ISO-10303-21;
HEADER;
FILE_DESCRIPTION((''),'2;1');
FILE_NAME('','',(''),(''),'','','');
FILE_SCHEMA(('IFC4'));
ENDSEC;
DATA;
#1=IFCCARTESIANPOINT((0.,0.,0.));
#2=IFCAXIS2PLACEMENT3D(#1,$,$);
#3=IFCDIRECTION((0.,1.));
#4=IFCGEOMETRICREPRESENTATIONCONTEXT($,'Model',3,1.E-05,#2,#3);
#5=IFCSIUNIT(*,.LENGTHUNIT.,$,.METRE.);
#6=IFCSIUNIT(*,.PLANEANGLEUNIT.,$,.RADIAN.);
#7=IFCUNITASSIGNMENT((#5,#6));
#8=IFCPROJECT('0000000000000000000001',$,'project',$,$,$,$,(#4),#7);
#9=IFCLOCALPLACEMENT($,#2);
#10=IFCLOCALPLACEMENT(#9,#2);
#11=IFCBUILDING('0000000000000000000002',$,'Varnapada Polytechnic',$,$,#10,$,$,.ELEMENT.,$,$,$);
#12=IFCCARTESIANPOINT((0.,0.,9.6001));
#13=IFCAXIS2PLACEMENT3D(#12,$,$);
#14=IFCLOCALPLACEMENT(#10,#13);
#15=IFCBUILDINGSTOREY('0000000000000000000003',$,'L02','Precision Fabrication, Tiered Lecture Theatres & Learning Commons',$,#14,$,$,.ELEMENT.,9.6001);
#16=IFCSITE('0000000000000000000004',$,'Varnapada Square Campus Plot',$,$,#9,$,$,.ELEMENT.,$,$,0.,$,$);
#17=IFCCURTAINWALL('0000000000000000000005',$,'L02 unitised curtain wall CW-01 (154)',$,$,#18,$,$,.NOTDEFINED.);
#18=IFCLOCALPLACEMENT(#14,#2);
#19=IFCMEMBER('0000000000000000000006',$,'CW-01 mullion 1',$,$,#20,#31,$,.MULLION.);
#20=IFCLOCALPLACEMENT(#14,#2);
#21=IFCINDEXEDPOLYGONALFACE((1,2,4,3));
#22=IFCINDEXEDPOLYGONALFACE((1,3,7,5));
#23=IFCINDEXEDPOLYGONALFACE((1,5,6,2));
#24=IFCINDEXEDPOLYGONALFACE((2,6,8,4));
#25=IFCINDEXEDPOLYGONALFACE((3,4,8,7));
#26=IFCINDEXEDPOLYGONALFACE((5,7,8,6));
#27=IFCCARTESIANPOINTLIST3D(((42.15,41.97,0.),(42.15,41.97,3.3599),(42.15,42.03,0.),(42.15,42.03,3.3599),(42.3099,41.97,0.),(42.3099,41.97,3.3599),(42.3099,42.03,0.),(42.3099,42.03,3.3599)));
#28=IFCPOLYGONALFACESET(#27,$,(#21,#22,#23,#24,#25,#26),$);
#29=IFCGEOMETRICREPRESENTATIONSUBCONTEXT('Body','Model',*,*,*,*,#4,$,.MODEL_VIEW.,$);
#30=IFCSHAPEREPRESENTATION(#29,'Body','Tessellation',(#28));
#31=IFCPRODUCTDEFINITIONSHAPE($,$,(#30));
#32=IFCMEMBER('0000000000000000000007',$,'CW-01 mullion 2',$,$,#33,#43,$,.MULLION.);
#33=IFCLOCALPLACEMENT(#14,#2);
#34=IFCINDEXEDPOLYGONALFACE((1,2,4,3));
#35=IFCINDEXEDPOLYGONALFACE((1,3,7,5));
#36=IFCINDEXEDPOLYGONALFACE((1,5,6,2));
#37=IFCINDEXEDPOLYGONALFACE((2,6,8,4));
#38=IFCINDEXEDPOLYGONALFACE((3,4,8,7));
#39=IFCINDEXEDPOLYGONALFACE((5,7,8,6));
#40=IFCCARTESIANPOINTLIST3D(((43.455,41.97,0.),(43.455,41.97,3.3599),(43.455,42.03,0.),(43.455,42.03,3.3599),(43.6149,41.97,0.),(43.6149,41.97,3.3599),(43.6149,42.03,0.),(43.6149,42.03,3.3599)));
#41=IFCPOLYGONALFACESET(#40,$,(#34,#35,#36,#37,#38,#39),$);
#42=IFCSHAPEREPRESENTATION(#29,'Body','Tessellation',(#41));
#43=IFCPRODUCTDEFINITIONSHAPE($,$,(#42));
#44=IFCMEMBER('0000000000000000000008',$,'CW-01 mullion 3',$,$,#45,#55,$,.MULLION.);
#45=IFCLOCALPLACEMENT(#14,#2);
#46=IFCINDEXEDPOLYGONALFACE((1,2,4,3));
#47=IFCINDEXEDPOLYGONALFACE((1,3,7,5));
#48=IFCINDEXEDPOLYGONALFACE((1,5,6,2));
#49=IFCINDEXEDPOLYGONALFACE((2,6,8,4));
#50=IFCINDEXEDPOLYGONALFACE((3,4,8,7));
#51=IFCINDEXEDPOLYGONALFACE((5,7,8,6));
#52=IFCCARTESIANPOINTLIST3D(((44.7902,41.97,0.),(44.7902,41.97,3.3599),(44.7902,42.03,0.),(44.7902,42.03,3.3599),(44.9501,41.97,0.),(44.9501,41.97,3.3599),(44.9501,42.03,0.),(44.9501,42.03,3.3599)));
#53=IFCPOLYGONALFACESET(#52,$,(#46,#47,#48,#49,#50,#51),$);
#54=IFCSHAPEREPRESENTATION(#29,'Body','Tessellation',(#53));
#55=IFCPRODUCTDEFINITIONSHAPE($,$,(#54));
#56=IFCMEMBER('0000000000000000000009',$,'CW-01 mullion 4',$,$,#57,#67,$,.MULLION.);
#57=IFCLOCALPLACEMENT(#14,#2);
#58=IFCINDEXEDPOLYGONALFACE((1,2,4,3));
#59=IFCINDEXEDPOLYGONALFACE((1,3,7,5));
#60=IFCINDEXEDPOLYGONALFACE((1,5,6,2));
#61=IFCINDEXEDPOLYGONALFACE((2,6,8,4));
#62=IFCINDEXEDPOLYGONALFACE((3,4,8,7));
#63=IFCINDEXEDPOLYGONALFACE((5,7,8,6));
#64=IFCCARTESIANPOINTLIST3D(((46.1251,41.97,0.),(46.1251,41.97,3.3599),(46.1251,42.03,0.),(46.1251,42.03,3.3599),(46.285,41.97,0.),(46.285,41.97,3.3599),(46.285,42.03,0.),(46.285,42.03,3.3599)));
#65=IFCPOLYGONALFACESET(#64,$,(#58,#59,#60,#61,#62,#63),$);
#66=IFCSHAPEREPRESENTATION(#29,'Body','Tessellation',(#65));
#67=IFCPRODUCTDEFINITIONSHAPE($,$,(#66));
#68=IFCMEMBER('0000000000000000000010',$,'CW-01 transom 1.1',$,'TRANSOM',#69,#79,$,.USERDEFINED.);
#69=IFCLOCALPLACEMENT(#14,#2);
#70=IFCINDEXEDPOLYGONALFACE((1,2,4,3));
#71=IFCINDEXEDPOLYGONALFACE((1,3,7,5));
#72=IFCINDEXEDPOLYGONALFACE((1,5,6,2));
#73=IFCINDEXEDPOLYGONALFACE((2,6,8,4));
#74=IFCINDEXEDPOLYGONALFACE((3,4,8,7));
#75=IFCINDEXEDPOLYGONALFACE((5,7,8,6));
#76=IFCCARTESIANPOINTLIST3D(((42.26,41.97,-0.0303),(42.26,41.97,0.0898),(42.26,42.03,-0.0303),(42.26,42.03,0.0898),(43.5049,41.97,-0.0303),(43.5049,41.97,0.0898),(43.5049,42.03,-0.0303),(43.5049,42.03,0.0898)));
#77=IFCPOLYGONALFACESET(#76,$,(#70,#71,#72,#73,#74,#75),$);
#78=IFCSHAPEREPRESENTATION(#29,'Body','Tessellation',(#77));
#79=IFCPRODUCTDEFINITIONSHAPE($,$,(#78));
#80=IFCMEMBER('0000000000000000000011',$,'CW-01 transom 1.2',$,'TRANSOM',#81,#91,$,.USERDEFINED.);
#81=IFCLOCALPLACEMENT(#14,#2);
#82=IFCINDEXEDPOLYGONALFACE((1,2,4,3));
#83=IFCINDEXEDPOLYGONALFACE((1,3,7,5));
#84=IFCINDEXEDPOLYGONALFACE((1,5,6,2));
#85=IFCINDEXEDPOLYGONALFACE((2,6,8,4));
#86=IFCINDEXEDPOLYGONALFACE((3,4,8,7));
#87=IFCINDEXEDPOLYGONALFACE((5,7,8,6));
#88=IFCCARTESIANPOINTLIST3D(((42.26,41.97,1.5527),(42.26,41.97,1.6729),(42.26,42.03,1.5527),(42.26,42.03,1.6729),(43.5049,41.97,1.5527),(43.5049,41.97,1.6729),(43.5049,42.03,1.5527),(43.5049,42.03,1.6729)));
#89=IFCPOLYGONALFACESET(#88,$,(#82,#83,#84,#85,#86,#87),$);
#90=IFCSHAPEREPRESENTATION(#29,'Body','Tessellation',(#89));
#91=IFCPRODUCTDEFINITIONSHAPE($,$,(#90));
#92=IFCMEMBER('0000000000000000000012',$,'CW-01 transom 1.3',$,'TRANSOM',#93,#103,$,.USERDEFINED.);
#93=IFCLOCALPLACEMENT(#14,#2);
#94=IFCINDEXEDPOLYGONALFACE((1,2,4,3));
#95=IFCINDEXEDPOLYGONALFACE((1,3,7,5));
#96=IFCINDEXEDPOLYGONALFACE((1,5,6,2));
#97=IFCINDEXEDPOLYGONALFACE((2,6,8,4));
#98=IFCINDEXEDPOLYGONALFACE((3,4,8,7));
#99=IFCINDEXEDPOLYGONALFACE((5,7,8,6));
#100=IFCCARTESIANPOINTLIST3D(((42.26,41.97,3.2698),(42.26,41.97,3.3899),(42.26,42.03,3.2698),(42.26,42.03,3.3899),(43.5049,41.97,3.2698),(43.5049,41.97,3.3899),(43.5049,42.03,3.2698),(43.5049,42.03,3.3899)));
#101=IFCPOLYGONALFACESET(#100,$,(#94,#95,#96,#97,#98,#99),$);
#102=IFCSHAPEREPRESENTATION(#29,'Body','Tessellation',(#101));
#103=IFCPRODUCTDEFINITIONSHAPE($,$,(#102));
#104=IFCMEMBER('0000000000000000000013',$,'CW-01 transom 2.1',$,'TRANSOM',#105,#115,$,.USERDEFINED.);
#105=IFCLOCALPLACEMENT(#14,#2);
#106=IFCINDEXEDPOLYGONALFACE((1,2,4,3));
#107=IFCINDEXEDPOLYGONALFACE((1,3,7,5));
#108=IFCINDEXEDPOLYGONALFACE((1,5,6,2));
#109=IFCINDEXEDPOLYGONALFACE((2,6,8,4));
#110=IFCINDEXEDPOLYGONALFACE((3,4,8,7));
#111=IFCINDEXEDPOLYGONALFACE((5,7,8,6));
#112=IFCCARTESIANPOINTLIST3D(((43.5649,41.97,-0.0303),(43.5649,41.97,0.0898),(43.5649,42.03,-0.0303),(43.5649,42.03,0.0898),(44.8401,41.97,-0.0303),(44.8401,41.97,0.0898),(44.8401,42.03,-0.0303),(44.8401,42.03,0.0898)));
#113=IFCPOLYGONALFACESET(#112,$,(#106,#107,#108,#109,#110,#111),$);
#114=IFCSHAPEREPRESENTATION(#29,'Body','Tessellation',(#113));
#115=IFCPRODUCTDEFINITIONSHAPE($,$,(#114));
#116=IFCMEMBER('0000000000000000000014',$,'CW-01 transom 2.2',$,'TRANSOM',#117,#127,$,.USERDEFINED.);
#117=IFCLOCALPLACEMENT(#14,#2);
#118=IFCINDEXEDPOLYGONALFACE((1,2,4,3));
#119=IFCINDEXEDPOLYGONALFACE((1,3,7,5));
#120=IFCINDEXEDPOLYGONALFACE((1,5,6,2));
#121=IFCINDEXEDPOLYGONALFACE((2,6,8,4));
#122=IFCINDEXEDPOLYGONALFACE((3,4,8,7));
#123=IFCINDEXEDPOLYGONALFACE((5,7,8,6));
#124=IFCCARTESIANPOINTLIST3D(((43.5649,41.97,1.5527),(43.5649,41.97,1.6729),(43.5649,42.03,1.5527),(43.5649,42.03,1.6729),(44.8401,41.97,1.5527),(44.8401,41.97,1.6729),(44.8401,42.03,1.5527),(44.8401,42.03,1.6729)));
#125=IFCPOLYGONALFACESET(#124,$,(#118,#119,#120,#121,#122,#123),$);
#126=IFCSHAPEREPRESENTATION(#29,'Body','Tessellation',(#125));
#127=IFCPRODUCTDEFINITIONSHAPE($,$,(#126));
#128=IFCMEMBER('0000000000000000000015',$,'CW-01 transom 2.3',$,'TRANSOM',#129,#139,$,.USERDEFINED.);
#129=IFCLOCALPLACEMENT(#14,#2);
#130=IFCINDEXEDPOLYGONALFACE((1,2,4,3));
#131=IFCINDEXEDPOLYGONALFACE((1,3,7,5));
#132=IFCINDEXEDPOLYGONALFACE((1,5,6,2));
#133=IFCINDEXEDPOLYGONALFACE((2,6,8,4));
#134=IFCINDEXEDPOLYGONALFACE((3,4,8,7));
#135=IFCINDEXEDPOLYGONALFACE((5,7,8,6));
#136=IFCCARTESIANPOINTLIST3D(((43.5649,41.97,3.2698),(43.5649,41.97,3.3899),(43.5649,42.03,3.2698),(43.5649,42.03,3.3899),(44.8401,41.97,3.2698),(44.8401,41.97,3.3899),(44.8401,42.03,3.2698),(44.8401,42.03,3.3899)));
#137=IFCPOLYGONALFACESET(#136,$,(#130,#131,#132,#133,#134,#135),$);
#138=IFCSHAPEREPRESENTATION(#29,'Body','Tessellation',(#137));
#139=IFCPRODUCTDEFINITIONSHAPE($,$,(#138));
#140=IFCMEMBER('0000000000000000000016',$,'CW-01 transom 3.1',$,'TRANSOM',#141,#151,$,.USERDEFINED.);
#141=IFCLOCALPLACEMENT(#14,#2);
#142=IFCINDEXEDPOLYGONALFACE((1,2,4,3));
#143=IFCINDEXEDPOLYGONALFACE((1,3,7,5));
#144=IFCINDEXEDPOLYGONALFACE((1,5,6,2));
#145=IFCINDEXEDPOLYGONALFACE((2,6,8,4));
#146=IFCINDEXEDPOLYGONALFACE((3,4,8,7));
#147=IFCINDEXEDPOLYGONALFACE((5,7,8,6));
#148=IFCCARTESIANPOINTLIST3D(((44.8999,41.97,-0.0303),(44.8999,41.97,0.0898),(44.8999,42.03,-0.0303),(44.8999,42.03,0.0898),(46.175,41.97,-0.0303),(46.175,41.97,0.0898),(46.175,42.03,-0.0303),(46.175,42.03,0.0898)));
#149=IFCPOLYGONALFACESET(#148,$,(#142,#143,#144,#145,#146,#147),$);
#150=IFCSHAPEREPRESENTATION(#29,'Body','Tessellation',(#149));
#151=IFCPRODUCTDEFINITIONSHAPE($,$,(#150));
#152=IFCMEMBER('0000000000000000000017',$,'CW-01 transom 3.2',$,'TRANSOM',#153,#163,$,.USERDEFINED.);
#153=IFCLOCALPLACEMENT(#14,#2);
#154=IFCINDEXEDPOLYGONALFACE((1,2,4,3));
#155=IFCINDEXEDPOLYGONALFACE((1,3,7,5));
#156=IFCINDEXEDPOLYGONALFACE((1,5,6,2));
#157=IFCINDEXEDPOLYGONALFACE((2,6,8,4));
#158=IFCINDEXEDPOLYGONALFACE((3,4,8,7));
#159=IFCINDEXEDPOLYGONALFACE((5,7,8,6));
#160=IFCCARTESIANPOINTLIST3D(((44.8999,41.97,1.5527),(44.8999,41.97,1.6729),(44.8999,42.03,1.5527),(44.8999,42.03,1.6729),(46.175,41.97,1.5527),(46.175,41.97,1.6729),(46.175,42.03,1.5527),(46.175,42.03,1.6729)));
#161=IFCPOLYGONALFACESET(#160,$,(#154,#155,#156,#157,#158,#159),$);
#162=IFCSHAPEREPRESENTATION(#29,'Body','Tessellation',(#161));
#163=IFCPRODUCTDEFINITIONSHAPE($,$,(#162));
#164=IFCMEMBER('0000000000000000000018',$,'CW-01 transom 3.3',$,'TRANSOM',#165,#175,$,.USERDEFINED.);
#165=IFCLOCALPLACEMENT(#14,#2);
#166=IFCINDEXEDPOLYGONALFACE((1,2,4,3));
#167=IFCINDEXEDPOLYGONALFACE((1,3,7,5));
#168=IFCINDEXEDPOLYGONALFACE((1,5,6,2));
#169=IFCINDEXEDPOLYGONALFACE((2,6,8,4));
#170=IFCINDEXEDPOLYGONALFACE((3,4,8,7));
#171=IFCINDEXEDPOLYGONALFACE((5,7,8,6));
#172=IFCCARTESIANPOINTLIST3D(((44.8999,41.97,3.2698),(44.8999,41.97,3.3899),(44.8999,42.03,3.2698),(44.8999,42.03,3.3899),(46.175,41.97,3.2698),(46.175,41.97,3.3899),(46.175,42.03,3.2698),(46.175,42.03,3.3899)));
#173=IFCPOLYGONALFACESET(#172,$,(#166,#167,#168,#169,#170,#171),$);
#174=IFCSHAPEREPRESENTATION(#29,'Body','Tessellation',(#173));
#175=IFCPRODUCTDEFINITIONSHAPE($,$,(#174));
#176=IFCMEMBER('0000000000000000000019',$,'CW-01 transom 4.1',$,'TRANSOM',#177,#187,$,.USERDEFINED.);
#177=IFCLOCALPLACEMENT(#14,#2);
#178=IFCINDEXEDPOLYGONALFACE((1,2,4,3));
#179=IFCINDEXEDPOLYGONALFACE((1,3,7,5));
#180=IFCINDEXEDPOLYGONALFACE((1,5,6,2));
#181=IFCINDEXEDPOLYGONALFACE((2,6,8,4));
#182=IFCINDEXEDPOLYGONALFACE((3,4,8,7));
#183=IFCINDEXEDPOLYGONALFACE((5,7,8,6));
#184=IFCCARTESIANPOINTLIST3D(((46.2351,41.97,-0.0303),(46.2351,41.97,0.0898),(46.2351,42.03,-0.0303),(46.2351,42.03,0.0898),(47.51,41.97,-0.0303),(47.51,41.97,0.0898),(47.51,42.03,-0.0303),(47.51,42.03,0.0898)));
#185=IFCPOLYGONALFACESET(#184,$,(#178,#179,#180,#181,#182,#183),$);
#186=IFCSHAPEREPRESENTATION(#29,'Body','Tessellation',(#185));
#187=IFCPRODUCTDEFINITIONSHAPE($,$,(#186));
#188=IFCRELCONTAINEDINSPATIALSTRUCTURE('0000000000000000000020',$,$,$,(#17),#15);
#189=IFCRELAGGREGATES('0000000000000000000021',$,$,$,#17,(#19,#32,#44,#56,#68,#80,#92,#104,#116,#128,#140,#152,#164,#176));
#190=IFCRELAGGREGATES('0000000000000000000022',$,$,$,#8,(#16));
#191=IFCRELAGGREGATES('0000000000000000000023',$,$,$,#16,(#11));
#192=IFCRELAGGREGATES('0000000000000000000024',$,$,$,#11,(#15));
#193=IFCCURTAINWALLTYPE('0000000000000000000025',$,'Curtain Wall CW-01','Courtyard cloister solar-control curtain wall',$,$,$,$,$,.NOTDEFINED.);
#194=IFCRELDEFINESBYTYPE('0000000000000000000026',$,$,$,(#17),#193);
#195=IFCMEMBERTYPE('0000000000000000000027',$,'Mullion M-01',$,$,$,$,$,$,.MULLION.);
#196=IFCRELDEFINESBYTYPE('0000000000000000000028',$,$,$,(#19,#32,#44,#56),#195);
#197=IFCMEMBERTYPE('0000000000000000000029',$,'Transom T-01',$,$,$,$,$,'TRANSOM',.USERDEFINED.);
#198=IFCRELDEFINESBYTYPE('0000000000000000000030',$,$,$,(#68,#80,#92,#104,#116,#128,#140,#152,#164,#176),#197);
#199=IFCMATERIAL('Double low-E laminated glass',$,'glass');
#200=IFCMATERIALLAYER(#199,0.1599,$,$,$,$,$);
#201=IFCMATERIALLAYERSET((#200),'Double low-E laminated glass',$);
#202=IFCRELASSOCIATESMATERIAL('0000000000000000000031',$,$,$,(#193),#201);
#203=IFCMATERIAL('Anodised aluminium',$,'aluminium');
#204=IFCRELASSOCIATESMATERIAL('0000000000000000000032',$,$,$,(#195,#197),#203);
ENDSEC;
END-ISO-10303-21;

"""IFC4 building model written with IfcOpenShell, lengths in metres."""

from ifc_helpers import new_model, si_unit, direction, frame, origin, origin_2d, place, context, subcontext, project, spatial, rectangle, extrude, material, layer, layer_set, material_profile, profile_set, type_object, element, aggregate, save


model = new_model("IFC4")

# Units and contexts
model_context = context("Model", 3, precision=1e-05, world=origin(), true_north=direction((0.0, 1.0)))
body_context = subcontext(model_context, "Body", "Model", "MODEL_VIEW")
ifc_project = project(units=[si_unit("LENGTHUNIT", "METRE"), si_unit("PLANEANGLEUNIT", "RADIAN")], contexts=[model_context])

# Site, building, storey
site_placement = place(None, origin())
site = spatial("IfcSite", under=ifc_project, at=site_placement, Name="Varnapada Square Campus Plot", CompositionType="ELEMENT", RefElevation=0.0)
building_placement = place(site_placement, origin())
building = spatial("IfcBuilding", under=site, at=building_placement, Name="Varnapada Polytechnic", CompositionType="ELEMENT")
storey_placement = place(building_placement, frame((0.0, 0.0, 9.6001)))
storey = spatial("IfcBuildingStorey", under=building, at=storey_placement, Name="L02", Description="Precision Fabrication, Tiered Lecture Theatres & Learning Commons", CompositionType="ELEMENT", Elevation=9.6001)

# Curtain wall, members
ifc_material_1 = material(Name="Double low-E laminated glass", Category="glass")
ifc_layer_1 = layer(ifc_material_1, 0.1599)
ifc_layer_set_1 = layer_set([ifc_layer_1], Name="Double low-E laminated glass")
curtain_wall_type = type_object("IfcCurtainWallType", Name="Curtain Wall CW-01", Description="Courtyard cloister solar-control curtain wall", PredefinedType="NOTDEFINED", material=ifc_layer_set_1)
curtain_wall_placement = place(storey_placement, origin())
curtain_wall = element("IfcCurtainWall", 1, at=curtain_wall_placement, inside=storey, type_object=curtain_wall_type, Name="L02 unitised curtain wall CW-01 (154)", PredefinedType="NOTDEFINED")
ifc_material_2 = material(Name="Anodised aluminium", Category="aluminium")
ifc_material_profile_1 = material_profile(ifc_material_2, rectangle(XDim=0.0601, YDim=0.1599, at=origin_2d()), Name="ALU M60x160")
ifc_profile_set_1 = profile_set([ifc_material_profile_1], Name="Anodised aluminium")
member_type_1 = type_object("IfcMemberType", Name="Mullion M-01", PredefinedType="MULLION", material=ifc_profile_set_1)
member_1_placement = place(storey_placement, frame((42.23, 42.0, 0.0), z_axis=(0.0, 0.0, 1.0), x_axis=(0.0, 1.0, 0.0)))
member_1 = element("IfcMember", 2, at=member_1_placement, type_object=member_type_1, Name="CW-01 mullion 1", PredefinedType="MULLION", context=body_context, shape_type="SweptSolid", body=[
    extrude(rectangle(XDim=0.0601, YDim=0.1599, at=origin_2d()), origin(), (0.0, 0.0, 1.0), 3.3599),
])
member_2_placement = place(storey_placement, frame((43.5349, 42.0, 0.0), z_axis=(0.0, 0.0, 1.0), x_axis=(0.0, 1.0, 0.0)))
member_2 = element("IfcMember", 3, at=member_2_placement, type_object=member_type_1, Name="CW-01 mullion 2", PredefinedType="MULLION", context=body_context, shape_type="SweptSolid", body=[
    extrude(rectangle(XDim=0.0601, YDim=0.1599, at=origin_2d()), origin(), (0.0, 0.0, 1.0), 3.3599),
])
member_3_placement = place(storey_placement, frame((44.8701, 42.0, 0.0), z_axis=(0.0, 0.0, 1.0), x_axis=(0.0, 1.0, 0.0)))
member_3 = element("IfcMember", 4, at=member_3_placement, type_object=member_type_1, Name="CW-01 mullion 3", PredefinedType="MULLION", context=body_context, shape_type="SweptSolid", body=[
    extrude(rectangle(XDim=0.0601, YDim=0.1599, at=origin_2d()), origin(), (0.0, 0.0, 1.0), 3.3599),
])
member_4_placement = place(storey_placement, frame((46.2051, 42.0, 0.0), z_axis=(0.0, 0.0, 1.0), x_axis=(0.0, 1.0, 0.0)))
member_4 = element("IfcMember", 5, at=member_4_placement, type_object=member_type_1, Name="CW-01 mullion 4", PredefinedType="MULLION", context=body_context, shape_type="SweptSolid", body=[
    extrude(rectangle(XDim=0.0601, YDim=0.1599, at=origin_2d()), origin(), (0.0, 0.0, 1.0), 3.3599),
])
ifc_material_profile_2 = material_profile(ifc_material_2, rectangle(XDim=0.0601, YDim=0.1201, at=origin_2d()), Name="ALU T60x120")
ifc_profile_set_2 = profile_set([ifc_material_profile_2], Name="Anodised aluminium")
member_type_2 = type_object("IfcMemberType", Name="Transom T-01", ElementType="TRANSOM", PredefinedType="USERDEFINED", material=ifc_profile_set_2)
member_5_placement = place(storey_placement, frame((42.26, 42.0, 0.0298), z_axis=(1.0, 0.0, 0.0), x_axis=(0.0, 1.0, 0.0)))
member_5 = element("IfcMember", 6, at=member_5_placement, type_object=member_type_2, Name="CW-01 transom 1.1", ObjectType="TRANSOM", PredefinedType="USERDEFINED", context=body_context, shape_type="SweptSolid", body=[
    extrude(rectangle(XDim=0.0601, YDim=0.1201, at=origin_2d()), origin(), (0.0, 0.0, 1.0), 1.2449),
])
member_6_placement = place(storey_placement, frame((42.26, 42.0, 1.6128), z_axis=(1.0, 0.0, 0.0), x_axis=(0.0, 1.0, 0.0)))
member_6 = element("IfcMember", 7, at=member_6_placement, type_object=member_type_2, Name="CW-01 transom 1.2", ObjectType="TRANSOM", PredefinedType="USERDEFINED", context=body_context, shape_type="SweptSolid", body=[
    extrude(rectangle(XDim=0.0601, YDim=0.1201, at=origin_2d()), origin(), (0.0, 0.0, 1.0), 1.2449),
])
member_7_placement = place(storey_placement, frame((42.26, 42.0, 3.3298), z_axis=(1.0, 0.0, 0.0), x_axis=(0.0, 1.0, 0.0)))
member_7 = element("IfcMember", 8, at=member_7_placement, type_object=member_type_2, Name="CW-01 transom 1.3", ObjectType="TRANSOM", PredefinedType="USERDEFINED", context=body_context, shape_type="SweptSolid", body=[
    extrude(rectangle(XDim=0.0601, YDim=0.1201, at=origin_2d()), origin(), (0.0, 0.0, 1.0), 1.2449),
])
member_8_placement = place(storey_placement, frame((43.5649, 42.0, 0.0298), z_axis=(1.0, 0.0, 0.0), x_axis=(0.0, 1.0, 0.0)))
member_8 = element("IfcMember", 9, at=member_8_placement, type_object=member_type_2, Name="CW-01 transom 2.1", ObjectType="TRANSOM", PredefinedType="USERDEFINED", context=body_context, shape_type="SweptSolid", body=[
    extrude(rectangle(XDim=0.0601, YDim=0.1201, at=origin_2d()), origin(), (0.0, 0.0, 1.0), 1.2751),
])
member_9_placement = place(storey_placement, frame((43.5649, 42.0, 1.6128), z_axis=(1.0, 0.0, 0.0), x_axis=(0.0, 1.0, 0.0)))
member_9 = element("IfcMember", 10, at=member_9_placement, type_object=member_type_2, Name="CW-01 transom 2.2", ObjectType="TRANSOM", PredefinedType="USERDEFINED", context=body_context, shape_type="SweptSolid", body=[
    extrude(rectangle(XDim=0.0601, YDim=0.1201, at=origin_2d()), origin(), (0.0, 0.0, 1.0), 1.2751),
])
member_10_placement = place(storey_placement, frame((43.5649, 42.0, 3.3298), z_axis=(1.0, 0.0, 0.0), x_axis=(0.0, 1.0, 0.0)))
member_10 = element("IfcMember", 11, at=member_10_placement, type_object=member_type_2, Name="CW-01 transom 2.3", ObjectType="TRANSOM", PredefinedType="USERDEFINED", context=body_context, shape_type="SweptSolid", body=[
    extrude(rectangle(XDim=0.0601, YDim=0.1201, at=origin_2d()), origin(), (0.0, 0.0, 1.0), 1.2751),
])
member_11_placement = place(storey_placement, frame((44.8999, 42.0, 0.0298), z_axis=(1.0, 0.0, 0.0), x_axis=(0.0, 1.0, 0.0)))
member_11 = element("IfcMember", 12, at=member_11_placement, type_object=member_type_2, Name="CW-01 transom 3.1", ObjectType="TRANSOM", PredefinedType="USERDEFINED", context=body_context, shape_type="SweptSolid", body=[
    extrude(rectangle(XDim=0.0601, YDim=0.1201, at=origin_2d()), origin(), (0.0, 0.0, 1.0), 1.2751),
])
member_12_placement = place(storey_placement, frame((44.8999, 42.0, 1.6128), z_axis=(1.0, 0.0, 0.0), x_axis=(0.0, 1.0, 0.0)))
member_12 = element("IfcMember", 13, at=member_12_placement, type_object=member_type_2, Name="CW-01 transom 3.2", ObjectType="TRANSOM", PredefinedType="USERDEFINED", context=body_context, shape_type="SweptSolid", body=[
    extrude(rectangle(XDim=0.0601, YDim=0.1201, at=origin_2d()), origin(), (0.0, 0.0, 1.0), 1.2751),
])
member_13_placement = place(storey_placement, frame((44.8999, 42.0, 3.3298), z_axis=(1.0, 0.0, 0.0), x_axis=(0.0, 1.0, 0.0)))
member_13 = element("IfcMember", 14, at=member_13_placement, type_object=member_type_2, Name="CW-01 transom 3.3", ObjectType="TRANSOM", PredefinedType="USERDEFINED", context=body_context, shape_type="SweptSolid", body=[
    extrude(rectangle(XDim=0.0601, YDim=0.1201, at=origin_2d()), origin(), (0.0, 0.0, 1.0), 1.2751),
])
member_14_placement = place(storey_placement, frame((46.2351, 42.0, 0.0298), z_axis=(1.0, 0.0, 0.0), x_axis=(0.0, 1.0, 0.0)))
member_14 = element("IfcMember", 15, at=member_14_placement, type_object=member_type_2, Name="CW-01 transom 4.1", ObjectType="TRANSOM", PredefinedType="USERDEFINED", context=body_context, shape_type="SweptSolid", body=[
    extrude(rectangle(XDim=0.0601, YDim=0.1201, at=origin_2d()), origin(), (0.0, 0.0, 1.0), 1.2749),
])
aggregate(curtain_wall, [member_1, member_2, member_3, member_4, member_5, member_6, member_7, member_8, member_9, member_10, member_11, member_12, member_13, member_14])

save(model, "model.ifc")
